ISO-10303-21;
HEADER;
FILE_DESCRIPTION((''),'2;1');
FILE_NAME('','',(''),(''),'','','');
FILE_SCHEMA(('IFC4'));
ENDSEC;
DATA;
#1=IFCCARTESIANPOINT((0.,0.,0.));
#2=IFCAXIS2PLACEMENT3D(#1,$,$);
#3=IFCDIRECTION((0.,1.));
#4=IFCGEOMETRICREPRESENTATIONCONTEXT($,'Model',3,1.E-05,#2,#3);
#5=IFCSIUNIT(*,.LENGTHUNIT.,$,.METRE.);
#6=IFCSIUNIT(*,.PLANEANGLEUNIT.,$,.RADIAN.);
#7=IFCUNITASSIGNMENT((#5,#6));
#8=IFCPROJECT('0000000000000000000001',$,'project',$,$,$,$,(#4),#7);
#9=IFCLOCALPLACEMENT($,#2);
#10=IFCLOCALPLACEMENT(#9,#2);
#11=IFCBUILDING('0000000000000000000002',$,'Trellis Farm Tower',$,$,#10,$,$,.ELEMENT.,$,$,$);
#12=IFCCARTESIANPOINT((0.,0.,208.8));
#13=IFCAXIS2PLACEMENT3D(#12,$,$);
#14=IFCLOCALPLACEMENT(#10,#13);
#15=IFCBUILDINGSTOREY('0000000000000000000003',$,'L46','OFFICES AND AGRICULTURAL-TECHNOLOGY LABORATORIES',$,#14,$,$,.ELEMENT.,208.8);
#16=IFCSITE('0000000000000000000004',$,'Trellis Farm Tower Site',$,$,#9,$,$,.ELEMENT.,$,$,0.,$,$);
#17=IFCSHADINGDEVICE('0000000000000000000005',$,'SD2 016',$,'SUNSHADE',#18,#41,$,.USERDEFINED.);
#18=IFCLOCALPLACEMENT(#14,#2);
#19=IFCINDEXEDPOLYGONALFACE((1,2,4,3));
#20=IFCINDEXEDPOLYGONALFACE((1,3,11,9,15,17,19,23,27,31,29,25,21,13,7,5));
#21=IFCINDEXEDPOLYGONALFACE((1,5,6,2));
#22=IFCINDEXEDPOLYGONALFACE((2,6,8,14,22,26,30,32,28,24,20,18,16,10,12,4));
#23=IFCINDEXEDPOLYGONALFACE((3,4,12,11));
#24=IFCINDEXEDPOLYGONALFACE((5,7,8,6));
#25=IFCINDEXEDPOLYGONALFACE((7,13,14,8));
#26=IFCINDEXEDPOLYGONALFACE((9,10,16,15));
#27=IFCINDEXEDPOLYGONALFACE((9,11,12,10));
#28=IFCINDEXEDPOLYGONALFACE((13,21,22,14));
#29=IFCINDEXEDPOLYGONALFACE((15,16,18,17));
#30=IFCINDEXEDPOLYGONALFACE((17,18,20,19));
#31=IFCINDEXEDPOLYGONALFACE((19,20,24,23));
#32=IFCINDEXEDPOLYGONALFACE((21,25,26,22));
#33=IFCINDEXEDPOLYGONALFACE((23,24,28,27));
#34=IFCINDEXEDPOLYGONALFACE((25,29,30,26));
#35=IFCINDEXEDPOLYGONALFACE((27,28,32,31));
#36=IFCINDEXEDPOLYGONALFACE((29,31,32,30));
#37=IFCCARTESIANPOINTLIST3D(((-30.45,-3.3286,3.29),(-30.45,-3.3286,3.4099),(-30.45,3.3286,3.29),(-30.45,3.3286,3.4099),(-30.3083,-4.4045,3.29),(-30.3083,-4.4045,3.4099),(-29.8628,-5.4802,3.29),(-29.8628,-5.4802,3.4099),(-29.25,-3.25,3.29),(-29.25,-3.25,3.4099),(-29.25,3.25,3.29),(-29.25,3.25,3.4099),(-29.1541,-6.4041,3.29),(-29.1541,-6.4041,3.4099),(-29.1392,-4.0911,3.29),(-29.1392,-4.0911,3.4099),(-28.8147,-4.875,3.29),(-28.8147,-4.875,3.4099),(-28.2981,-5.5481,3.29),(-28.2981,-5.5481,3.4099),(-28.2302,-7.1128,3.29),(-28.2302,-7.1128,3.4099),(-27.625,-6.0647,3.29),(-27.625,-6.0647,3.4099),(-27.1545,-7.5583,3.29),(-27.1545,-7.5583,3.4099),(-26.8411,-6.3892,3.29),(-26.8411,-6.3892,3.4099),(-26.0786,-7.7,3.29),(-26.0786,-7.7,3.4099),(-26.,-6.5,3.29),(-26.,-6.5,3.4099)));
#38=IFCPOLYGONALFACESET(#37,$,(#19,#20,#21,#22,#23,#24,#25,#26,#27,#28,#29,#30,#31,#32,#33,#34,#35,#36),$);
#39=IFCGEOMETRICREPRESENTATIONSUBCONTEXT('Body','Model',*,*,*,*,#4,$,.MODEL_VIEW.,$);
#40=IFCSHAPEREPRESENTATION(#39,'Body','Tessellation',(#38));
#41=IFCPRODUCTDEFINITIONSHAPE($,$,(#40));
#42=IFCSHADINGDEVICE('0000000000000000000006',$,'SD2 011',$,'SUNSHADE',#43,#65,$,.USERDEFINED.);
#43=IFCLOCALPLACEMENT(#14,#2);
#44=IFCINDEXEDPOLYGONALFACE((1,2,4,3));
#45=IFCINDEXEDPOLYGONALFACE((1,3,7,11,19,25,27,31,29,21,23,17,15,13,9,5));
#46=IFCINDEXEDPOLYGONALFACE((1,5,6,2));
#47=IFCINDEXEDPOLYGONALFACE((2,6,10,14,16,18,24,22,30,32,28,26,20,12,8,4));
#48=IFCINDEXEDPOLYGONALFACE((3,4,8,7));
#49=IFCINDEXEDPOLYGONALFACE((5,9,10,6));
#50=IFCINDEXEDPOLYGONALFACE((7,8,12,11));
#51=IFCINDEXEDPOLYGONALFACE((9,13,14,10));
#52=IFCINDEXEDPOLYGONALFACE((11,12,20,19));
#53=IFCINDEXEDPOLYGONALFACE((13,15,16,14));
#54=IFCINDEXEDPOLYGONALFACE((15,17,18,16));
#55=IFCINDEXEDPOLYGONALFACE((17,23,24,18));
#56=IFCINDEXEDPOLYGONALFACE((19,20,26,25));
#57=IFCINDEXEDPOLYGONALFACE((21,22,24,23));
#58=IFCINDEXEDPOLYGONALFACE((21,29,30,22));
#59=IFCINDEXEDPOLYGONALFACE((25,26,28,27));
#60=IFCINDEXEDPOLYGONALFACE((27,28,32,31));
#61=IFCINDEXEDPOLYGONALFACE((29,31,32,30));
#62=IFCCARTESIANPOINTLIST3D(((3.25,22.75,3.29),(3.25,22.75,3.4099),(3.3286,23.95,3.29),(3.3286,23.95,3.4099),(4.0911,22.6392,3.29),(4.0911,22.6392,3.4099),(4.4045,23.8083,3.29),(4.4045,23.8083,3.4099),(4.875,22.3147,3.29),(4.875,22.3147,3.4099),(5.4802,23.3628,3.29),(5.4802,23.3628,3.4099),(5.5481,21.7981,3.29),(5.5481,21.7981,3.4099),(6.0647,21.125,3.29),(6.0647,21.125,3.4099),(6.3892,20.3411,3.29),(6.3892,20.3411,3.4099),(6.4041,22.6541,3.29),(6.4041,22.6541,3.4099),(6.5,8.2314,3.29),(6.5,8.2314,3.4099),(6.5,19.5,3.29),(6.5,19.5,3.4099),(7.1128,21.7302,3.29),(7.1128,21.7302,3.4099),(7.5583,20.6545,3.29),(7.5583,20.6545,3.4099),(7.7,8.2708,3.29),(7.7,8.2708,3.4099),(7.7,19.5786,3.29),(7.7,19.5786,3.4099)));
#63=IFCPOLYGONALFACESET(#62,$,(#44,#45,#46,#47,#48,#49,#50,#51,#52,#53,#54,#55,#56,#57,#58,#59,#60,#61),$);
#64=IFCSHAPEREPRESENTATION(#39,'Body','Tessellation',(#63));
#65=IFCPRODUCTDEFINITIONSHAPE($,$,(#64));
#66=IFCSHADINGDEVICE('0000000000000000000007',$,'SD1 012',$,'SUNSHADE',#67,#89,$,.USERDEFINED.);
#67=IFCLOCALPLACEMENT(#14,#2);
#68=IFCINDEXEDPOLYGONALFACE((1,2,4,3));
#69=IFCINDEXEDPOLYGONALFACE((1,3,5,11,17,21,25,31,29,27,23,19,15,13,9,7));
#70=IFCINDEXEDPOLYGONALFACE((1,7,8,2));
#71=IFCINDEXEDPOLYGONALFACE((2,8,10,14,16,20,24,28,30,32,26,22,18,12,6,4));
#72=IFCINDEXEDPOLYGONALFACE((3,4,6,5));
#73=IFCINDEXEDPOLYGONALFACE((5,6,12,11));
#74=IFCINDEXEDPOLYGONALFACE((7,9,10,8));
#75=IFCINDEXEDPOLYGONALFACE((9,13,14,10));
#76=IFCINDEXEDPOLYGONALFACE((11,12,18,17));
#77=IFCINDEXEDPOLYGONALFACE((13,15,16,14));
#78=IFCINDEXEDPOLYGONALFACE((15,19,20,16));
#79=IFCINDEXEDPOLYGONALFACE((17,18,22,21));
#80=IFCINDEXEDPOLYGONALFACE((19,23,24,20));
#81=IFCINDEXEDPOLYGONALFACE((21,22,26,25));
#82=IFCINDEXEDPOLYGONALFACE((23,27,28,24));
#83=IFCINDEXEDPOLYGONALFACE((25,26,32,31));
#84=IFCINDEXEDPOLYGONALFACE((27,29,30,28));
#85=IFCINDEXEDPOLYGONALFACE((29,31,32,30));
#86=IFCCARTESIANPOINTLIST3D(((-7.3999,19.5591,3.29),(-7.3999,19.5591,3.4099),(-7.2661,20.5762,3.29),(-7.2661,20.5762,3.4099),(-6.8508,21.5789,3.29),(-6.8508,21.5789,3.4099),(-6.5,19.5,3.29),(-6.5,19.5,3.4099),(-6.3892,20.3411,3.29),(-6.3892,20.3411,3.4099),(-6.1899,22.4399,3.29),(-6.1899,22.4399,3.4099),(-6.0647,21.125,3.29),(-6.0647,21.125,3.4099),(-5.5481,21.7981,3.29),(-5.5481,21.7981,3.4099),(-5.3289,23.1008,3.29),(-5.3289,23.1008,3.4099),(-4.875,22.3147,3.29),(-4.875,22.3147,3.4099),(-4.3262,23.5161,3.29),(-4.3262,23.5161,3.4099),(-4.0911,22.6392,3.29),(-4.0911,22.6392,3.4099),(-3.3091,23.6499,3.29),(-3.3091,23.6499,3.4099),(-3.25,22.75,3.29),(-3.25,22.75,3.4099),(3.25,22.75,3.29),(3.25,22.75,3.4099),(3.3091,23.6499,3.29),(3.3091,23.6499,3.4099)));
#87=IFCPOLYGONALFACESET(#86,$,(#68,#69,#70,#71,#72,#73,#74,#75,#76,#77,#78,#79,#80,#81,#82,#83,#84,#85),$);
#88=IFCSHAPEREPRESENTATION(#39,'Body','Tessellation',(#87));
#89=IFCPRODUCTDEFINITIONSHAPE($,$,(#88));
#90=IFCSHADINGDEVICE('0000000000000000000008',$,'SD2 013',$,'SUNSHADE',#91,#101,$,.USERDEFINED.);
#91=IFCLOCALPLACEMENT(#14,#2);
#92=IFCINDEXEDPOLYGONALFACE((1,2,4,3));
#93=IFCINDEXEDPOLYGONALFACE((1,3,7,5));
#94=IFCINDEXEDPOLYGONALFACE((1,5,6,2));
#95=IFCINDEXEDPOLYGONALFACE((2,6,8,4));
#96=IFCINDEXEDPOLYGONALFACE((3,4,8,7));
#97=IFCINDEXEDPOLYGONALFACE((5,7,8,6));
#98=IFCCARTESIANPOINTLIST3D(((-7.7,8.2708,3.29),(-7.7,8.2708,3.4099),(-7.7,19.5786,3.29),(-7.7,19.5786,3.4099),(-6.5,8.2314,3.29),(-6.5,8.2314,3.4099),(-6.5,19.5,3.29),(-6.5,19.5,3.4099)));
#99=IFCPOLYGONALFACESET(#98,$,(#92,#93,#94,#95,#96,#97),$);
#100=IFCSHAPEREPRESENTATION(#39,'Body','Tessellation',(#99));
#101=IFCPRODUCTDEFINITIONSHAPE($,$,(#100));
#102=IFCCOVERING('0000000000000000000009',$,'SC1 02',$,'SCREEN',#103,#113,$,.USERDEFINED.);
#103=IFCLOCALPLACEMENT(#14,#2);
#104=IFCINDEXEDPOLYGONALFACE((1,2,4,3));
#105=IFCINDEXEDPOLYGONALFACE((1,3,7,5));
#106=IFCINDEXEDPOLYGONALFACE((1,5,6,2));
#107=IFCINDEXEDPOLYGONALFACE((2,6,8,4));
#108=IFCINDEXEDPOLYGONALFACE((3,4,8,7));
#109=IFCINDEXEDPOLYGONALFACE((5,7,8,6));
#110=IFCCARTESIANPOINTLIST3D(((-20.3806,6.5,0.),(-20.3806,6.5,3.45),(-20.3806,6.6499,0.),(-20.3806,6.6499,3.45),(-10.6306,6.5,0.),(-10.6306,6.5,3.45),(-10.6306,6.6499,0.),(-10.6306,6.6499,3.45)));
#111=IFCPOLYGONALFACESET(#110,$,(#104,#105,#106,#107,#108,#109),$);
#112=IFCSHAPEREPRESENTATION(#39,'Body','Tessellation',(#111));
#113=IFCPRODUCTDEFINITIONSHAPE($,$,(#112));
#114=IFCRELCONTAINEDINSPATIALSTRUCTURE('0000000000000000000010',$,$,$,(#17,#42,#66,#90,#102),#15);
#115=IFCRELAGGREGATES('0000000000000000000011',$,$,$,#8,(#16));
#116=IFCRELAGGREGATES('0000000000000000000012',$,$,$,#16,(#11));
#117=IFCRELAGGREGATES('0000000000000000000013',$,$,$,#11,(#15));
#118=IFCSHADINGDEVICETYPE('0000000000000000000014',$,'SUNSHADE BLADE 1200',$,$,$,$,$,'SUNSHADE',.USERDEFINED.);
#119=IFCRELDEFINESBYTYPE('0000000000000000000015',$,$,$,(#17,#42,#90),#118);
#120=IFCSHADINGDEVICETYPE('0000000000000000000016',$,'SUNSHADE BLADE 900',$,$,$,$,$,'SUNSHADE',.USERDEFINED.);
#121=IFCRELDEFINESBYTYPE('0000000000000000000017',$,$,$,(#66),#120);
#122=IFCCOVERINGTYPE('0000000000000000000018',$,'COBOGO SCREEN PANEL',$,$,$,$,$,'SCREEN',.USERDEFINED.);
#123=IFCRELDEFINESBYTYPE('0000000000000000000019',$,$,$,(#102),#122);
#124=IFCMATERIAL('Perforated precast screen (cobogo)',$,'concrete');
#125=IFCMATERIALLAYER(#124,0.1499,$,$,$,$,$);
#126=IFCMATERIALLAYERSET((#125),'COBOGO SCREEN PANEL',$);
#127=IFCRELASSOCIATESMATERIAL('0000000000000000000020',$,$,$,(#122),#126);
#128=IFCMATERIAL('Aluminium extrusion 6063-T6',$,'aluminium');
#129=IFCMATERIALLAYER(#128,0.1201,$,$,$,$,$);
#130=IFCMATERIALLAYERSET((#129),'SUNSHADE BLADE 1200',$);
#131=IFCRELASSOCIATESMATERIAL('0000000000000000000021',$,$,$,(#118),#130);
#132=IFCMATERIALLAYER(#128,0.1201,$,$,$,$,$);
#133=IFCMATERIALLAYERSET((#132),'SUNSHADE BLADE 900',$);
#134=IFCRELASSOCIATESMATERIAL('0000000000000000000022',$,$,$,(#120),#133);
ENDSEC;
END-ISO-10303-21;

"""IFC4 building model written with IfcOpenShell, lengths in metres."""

from ifc_helpers import new_model, si_unit, direction, frame, origin, place, context, subcontext, project, spatial, polyline, outline, extrude, source, transform, mapped, material, layer, layer_set, type_object, element, save


model = new_model("IFC4")

# Units and contexts
model_context = context("Model", 3, precision=1e-05, world=origin(), true_north=direction((0.0, 1.0)))
body_context = subcontext(model_context, "Body", "Model", "MODEL_VIEW")
ifc_project = project(units=[si_unit("LENGTHUNIT", "METRE"), si_unit("PLANEANGLEUNIT", "RADIAN")], contexts=[model_context])

# Site, building, storey
site_placement = place(None, origin())
site = spatial("IfcSite", under=ifc_project, at=site_placement, Name="Trellis Farm Tower Site", CompositionType="ELEMENT", RefElevation=0.0)
building_placement = place(site_placement, origin())
building = spatial("IfcBuilding", under=site, at=building_placement, Name="Trellis Farm Tower", CompositionType="ELEMENT")
storey_placement = place(building_placement, frame((0.0, 0.0, 208.8)))
storey = spatial("IfcBuildingStorey", under=building, at=storey_placement, Name="L46", Description="OFFICES AND AGRICULTURAL-TECHNOLOGY LABORATORIES", CompositionType="ELEMENT", Elevation=208.8)

# Shared definitions
placement_1 = place(storey_placement, origin())
ifc_material_1 = material(Name="Aluminium extrusion 6063-T6", Category="aluminium")

# Shared definitions
ifc_material_2 = material(Name="Perforated precast screen (cobogo)", Category="concrete")
ifc_layer_1 = layer(ifc_material_2, 0.1499)
ifc_layer_set_1 = layer_set([ifc_layer_1], Name="COBOGO SCREEN PANEL")
covering_type = type_object("IfcCoveringType", Name="COBOGO SCREEN PANEL", ElementType="SCREEN", PredefinedType="USERDEFINED", material=ifc_layer_set_1)

# Shading devices
ifc_layer_2 = layer(ifc_material_1, 0.1201)
ifc_layer_set_2 = layer_set([ifc_layer_2], Name="SUNSHADE BLADE 1200")
shading_device_type_1 = type_object("IfcShadingDeviceType", Name="SUNSHADE BLADE 1200", ElementType="SUNSHADE", PredefinedType="USERDEFINED", material=ifc_layer_set_2)
placement_2 = place(storey_placement, frame((0.0, 0.0, 3.29)))
ifc_layer_3 = layer(ifc_material_1, 0.1201)
ifc_layer_set_3 = layer_set([ifc_layer_3], Name="SUNSHADE BLADE 900")
shading_device_type_2 = type_object("IfcShadingDeviceType", Name="SUNSHADE BLADE 900", ElementType="SUNSHADE", PredefinedType="USERDEFINED", material=ifc_layer_set_3)
shared_shape_1 = source(origin(), body_context, "Body", "SweptSolid", [
    extrude(outline(polyline([(-30.45, 3.3286), (-30.45, -3.3286), (-30.3083, -4.4045), (-29.8628, -5.4802), (-29.1541, -6.4041), (-28.2302, -7.1128), (-27.1545, -7.5583), (-26.0786, -7.7), (-26.0, -6.5), (-26.8411, -6.3892), (-27.625, -6.0647), (-28.2981, -5.5481), (-28.8147, -4.875), (-29.1392, -4.0911), (-29.25, -3.25), (-29.25, 3.25), (-30.45, 3.3286)])), origin(), (0.0, 0.0, 1.0), 0.1199),
])
element("IfcShadingDevice", 1, at=placement_2, inside=storey, type_object=shading_device_type_1, Name="SD2 016", ObjectType="SUNSHADE", PredefinedType="USERDEFINED", context=body_context, shape_type="MappedRepresentation", body=[
    mapped(shared_shape_1, transform((0.0, 0.0, 0.0))),
])
shared_shape_2 = source(origin(), body_context, "Body", "SweptSolid", [
    extrude(outline(polyline([(7.7, 8.2708), (7.7, 19.5786), (7.5583, 20.6545), (7.1128, 21.7302), (6.4041, 22.6541), (5.4802, 23.3628), (4.4045, 23.8083), (3.3286, 23.95), (3.25, 22.75), (4.0911, 22.6392), (4.875, 22.3147), (5.5481, 21.7981), (6.0647, 21.125), (6.3892, 20.3411), (6.5, 19.5), (6.5, 8.2314), (7.7, 8.2708)])), origin(), (0.0, 0.0, 1.0), 0.1199),
])
element("IfcShadingDevice", 2, at=placement_2, inside=storey, type_object=shading_device_type_1, Name="SD2 011", ObjectType="SUNSHADE", PredefinedType="USERDEFINED", context=body_context, shape_type="MappedRepresentation", body=[
    mapped(shared_shape_2, transform((0.0, 0.0, 0.0))),
])
shared_shape_3 = source(origin(), body_context, "Body", "SweptSolid", [
    extrude(outline(polyline([(3.3091, 23.6499), (-3.3091, 23.6499), (-4.3262, 23.5161), (-5.3289, 23.1008), (-6.1899, 22.4399), (-6.8508, 21.5789), (-7.2661, 20.5762), (-7.3999, 19.5591), (-6.5, 19.5), (-6.3892, 20.3411), (-6.0647, 21.125), (-5.5481, 21.7981), (-4.875, 22.3147), (-4.0911, 22.6392), (-3.25, 22.75), (3.25, 22.75), (3.3091, 23.6499)])), origin(), (0.0, 0.0, 1.0), 0.1199),
])
element("IfcShadingDevice", 3, at=placement_2, inside=storey, type_object=shading_device_type_2, Name="SD1 012", ObjectType="SUNSHADE", PredefinedType="USERDEFINED", context=body_context, shape_type="MappedRepresentation", body=[
    mapped(shared_shape_3, transform((0.0, 0.0, 0.0))),
])
shared_shape_4 = source(origin(), body_context, "Body", "SweptSolid", [
    extrude(outline(polyline([(-7.7, 19.5786), (-7.7, 8.2708), (-6.5, 8.2314), (-6.5, 19.5), (-7.7, 19.5786)])), origin(), (0.0, 0.0, 1.0), 0.1199),
])
element("IfcShadingDevice", 4, at=placement_2, inside=storey, type_object=shading_device_type_1, Name="SD2 013", ObjectType="SUNSHADE", PredefinedType="USERDEFINED", context=body_context, shape_type="MappedRepresentation", body=[
    mapped(shared_shape_4, transform((0.0, 0.0, 0.0))),
])

# Covering
shared_shape_5 = source(origin(), body_context, "Body", "SweptSolid", [
    extrude(outline(polyline([(-10.6306, 6.6499), (-20.3806, 6.6499), (-20.3806, 6.5), (-10.6306, 6.5), (-10.6306, 6.6499)])), origin(), (0.0, 0.0, 1.0), 3.45),
])
element("IfcCovering", 5, at=placement_1, inside=storey, type_object=covering_type, Name="SC1 02", ObjectType="SCREEN", PredefinedType="USERDEFINED", context=body_context, shape_type="MappedRepresentation", body=[
    mapped(shared_shape_5, transform((0.0, 0.0, 0.0))),
])

save(model, "model.ifc")
